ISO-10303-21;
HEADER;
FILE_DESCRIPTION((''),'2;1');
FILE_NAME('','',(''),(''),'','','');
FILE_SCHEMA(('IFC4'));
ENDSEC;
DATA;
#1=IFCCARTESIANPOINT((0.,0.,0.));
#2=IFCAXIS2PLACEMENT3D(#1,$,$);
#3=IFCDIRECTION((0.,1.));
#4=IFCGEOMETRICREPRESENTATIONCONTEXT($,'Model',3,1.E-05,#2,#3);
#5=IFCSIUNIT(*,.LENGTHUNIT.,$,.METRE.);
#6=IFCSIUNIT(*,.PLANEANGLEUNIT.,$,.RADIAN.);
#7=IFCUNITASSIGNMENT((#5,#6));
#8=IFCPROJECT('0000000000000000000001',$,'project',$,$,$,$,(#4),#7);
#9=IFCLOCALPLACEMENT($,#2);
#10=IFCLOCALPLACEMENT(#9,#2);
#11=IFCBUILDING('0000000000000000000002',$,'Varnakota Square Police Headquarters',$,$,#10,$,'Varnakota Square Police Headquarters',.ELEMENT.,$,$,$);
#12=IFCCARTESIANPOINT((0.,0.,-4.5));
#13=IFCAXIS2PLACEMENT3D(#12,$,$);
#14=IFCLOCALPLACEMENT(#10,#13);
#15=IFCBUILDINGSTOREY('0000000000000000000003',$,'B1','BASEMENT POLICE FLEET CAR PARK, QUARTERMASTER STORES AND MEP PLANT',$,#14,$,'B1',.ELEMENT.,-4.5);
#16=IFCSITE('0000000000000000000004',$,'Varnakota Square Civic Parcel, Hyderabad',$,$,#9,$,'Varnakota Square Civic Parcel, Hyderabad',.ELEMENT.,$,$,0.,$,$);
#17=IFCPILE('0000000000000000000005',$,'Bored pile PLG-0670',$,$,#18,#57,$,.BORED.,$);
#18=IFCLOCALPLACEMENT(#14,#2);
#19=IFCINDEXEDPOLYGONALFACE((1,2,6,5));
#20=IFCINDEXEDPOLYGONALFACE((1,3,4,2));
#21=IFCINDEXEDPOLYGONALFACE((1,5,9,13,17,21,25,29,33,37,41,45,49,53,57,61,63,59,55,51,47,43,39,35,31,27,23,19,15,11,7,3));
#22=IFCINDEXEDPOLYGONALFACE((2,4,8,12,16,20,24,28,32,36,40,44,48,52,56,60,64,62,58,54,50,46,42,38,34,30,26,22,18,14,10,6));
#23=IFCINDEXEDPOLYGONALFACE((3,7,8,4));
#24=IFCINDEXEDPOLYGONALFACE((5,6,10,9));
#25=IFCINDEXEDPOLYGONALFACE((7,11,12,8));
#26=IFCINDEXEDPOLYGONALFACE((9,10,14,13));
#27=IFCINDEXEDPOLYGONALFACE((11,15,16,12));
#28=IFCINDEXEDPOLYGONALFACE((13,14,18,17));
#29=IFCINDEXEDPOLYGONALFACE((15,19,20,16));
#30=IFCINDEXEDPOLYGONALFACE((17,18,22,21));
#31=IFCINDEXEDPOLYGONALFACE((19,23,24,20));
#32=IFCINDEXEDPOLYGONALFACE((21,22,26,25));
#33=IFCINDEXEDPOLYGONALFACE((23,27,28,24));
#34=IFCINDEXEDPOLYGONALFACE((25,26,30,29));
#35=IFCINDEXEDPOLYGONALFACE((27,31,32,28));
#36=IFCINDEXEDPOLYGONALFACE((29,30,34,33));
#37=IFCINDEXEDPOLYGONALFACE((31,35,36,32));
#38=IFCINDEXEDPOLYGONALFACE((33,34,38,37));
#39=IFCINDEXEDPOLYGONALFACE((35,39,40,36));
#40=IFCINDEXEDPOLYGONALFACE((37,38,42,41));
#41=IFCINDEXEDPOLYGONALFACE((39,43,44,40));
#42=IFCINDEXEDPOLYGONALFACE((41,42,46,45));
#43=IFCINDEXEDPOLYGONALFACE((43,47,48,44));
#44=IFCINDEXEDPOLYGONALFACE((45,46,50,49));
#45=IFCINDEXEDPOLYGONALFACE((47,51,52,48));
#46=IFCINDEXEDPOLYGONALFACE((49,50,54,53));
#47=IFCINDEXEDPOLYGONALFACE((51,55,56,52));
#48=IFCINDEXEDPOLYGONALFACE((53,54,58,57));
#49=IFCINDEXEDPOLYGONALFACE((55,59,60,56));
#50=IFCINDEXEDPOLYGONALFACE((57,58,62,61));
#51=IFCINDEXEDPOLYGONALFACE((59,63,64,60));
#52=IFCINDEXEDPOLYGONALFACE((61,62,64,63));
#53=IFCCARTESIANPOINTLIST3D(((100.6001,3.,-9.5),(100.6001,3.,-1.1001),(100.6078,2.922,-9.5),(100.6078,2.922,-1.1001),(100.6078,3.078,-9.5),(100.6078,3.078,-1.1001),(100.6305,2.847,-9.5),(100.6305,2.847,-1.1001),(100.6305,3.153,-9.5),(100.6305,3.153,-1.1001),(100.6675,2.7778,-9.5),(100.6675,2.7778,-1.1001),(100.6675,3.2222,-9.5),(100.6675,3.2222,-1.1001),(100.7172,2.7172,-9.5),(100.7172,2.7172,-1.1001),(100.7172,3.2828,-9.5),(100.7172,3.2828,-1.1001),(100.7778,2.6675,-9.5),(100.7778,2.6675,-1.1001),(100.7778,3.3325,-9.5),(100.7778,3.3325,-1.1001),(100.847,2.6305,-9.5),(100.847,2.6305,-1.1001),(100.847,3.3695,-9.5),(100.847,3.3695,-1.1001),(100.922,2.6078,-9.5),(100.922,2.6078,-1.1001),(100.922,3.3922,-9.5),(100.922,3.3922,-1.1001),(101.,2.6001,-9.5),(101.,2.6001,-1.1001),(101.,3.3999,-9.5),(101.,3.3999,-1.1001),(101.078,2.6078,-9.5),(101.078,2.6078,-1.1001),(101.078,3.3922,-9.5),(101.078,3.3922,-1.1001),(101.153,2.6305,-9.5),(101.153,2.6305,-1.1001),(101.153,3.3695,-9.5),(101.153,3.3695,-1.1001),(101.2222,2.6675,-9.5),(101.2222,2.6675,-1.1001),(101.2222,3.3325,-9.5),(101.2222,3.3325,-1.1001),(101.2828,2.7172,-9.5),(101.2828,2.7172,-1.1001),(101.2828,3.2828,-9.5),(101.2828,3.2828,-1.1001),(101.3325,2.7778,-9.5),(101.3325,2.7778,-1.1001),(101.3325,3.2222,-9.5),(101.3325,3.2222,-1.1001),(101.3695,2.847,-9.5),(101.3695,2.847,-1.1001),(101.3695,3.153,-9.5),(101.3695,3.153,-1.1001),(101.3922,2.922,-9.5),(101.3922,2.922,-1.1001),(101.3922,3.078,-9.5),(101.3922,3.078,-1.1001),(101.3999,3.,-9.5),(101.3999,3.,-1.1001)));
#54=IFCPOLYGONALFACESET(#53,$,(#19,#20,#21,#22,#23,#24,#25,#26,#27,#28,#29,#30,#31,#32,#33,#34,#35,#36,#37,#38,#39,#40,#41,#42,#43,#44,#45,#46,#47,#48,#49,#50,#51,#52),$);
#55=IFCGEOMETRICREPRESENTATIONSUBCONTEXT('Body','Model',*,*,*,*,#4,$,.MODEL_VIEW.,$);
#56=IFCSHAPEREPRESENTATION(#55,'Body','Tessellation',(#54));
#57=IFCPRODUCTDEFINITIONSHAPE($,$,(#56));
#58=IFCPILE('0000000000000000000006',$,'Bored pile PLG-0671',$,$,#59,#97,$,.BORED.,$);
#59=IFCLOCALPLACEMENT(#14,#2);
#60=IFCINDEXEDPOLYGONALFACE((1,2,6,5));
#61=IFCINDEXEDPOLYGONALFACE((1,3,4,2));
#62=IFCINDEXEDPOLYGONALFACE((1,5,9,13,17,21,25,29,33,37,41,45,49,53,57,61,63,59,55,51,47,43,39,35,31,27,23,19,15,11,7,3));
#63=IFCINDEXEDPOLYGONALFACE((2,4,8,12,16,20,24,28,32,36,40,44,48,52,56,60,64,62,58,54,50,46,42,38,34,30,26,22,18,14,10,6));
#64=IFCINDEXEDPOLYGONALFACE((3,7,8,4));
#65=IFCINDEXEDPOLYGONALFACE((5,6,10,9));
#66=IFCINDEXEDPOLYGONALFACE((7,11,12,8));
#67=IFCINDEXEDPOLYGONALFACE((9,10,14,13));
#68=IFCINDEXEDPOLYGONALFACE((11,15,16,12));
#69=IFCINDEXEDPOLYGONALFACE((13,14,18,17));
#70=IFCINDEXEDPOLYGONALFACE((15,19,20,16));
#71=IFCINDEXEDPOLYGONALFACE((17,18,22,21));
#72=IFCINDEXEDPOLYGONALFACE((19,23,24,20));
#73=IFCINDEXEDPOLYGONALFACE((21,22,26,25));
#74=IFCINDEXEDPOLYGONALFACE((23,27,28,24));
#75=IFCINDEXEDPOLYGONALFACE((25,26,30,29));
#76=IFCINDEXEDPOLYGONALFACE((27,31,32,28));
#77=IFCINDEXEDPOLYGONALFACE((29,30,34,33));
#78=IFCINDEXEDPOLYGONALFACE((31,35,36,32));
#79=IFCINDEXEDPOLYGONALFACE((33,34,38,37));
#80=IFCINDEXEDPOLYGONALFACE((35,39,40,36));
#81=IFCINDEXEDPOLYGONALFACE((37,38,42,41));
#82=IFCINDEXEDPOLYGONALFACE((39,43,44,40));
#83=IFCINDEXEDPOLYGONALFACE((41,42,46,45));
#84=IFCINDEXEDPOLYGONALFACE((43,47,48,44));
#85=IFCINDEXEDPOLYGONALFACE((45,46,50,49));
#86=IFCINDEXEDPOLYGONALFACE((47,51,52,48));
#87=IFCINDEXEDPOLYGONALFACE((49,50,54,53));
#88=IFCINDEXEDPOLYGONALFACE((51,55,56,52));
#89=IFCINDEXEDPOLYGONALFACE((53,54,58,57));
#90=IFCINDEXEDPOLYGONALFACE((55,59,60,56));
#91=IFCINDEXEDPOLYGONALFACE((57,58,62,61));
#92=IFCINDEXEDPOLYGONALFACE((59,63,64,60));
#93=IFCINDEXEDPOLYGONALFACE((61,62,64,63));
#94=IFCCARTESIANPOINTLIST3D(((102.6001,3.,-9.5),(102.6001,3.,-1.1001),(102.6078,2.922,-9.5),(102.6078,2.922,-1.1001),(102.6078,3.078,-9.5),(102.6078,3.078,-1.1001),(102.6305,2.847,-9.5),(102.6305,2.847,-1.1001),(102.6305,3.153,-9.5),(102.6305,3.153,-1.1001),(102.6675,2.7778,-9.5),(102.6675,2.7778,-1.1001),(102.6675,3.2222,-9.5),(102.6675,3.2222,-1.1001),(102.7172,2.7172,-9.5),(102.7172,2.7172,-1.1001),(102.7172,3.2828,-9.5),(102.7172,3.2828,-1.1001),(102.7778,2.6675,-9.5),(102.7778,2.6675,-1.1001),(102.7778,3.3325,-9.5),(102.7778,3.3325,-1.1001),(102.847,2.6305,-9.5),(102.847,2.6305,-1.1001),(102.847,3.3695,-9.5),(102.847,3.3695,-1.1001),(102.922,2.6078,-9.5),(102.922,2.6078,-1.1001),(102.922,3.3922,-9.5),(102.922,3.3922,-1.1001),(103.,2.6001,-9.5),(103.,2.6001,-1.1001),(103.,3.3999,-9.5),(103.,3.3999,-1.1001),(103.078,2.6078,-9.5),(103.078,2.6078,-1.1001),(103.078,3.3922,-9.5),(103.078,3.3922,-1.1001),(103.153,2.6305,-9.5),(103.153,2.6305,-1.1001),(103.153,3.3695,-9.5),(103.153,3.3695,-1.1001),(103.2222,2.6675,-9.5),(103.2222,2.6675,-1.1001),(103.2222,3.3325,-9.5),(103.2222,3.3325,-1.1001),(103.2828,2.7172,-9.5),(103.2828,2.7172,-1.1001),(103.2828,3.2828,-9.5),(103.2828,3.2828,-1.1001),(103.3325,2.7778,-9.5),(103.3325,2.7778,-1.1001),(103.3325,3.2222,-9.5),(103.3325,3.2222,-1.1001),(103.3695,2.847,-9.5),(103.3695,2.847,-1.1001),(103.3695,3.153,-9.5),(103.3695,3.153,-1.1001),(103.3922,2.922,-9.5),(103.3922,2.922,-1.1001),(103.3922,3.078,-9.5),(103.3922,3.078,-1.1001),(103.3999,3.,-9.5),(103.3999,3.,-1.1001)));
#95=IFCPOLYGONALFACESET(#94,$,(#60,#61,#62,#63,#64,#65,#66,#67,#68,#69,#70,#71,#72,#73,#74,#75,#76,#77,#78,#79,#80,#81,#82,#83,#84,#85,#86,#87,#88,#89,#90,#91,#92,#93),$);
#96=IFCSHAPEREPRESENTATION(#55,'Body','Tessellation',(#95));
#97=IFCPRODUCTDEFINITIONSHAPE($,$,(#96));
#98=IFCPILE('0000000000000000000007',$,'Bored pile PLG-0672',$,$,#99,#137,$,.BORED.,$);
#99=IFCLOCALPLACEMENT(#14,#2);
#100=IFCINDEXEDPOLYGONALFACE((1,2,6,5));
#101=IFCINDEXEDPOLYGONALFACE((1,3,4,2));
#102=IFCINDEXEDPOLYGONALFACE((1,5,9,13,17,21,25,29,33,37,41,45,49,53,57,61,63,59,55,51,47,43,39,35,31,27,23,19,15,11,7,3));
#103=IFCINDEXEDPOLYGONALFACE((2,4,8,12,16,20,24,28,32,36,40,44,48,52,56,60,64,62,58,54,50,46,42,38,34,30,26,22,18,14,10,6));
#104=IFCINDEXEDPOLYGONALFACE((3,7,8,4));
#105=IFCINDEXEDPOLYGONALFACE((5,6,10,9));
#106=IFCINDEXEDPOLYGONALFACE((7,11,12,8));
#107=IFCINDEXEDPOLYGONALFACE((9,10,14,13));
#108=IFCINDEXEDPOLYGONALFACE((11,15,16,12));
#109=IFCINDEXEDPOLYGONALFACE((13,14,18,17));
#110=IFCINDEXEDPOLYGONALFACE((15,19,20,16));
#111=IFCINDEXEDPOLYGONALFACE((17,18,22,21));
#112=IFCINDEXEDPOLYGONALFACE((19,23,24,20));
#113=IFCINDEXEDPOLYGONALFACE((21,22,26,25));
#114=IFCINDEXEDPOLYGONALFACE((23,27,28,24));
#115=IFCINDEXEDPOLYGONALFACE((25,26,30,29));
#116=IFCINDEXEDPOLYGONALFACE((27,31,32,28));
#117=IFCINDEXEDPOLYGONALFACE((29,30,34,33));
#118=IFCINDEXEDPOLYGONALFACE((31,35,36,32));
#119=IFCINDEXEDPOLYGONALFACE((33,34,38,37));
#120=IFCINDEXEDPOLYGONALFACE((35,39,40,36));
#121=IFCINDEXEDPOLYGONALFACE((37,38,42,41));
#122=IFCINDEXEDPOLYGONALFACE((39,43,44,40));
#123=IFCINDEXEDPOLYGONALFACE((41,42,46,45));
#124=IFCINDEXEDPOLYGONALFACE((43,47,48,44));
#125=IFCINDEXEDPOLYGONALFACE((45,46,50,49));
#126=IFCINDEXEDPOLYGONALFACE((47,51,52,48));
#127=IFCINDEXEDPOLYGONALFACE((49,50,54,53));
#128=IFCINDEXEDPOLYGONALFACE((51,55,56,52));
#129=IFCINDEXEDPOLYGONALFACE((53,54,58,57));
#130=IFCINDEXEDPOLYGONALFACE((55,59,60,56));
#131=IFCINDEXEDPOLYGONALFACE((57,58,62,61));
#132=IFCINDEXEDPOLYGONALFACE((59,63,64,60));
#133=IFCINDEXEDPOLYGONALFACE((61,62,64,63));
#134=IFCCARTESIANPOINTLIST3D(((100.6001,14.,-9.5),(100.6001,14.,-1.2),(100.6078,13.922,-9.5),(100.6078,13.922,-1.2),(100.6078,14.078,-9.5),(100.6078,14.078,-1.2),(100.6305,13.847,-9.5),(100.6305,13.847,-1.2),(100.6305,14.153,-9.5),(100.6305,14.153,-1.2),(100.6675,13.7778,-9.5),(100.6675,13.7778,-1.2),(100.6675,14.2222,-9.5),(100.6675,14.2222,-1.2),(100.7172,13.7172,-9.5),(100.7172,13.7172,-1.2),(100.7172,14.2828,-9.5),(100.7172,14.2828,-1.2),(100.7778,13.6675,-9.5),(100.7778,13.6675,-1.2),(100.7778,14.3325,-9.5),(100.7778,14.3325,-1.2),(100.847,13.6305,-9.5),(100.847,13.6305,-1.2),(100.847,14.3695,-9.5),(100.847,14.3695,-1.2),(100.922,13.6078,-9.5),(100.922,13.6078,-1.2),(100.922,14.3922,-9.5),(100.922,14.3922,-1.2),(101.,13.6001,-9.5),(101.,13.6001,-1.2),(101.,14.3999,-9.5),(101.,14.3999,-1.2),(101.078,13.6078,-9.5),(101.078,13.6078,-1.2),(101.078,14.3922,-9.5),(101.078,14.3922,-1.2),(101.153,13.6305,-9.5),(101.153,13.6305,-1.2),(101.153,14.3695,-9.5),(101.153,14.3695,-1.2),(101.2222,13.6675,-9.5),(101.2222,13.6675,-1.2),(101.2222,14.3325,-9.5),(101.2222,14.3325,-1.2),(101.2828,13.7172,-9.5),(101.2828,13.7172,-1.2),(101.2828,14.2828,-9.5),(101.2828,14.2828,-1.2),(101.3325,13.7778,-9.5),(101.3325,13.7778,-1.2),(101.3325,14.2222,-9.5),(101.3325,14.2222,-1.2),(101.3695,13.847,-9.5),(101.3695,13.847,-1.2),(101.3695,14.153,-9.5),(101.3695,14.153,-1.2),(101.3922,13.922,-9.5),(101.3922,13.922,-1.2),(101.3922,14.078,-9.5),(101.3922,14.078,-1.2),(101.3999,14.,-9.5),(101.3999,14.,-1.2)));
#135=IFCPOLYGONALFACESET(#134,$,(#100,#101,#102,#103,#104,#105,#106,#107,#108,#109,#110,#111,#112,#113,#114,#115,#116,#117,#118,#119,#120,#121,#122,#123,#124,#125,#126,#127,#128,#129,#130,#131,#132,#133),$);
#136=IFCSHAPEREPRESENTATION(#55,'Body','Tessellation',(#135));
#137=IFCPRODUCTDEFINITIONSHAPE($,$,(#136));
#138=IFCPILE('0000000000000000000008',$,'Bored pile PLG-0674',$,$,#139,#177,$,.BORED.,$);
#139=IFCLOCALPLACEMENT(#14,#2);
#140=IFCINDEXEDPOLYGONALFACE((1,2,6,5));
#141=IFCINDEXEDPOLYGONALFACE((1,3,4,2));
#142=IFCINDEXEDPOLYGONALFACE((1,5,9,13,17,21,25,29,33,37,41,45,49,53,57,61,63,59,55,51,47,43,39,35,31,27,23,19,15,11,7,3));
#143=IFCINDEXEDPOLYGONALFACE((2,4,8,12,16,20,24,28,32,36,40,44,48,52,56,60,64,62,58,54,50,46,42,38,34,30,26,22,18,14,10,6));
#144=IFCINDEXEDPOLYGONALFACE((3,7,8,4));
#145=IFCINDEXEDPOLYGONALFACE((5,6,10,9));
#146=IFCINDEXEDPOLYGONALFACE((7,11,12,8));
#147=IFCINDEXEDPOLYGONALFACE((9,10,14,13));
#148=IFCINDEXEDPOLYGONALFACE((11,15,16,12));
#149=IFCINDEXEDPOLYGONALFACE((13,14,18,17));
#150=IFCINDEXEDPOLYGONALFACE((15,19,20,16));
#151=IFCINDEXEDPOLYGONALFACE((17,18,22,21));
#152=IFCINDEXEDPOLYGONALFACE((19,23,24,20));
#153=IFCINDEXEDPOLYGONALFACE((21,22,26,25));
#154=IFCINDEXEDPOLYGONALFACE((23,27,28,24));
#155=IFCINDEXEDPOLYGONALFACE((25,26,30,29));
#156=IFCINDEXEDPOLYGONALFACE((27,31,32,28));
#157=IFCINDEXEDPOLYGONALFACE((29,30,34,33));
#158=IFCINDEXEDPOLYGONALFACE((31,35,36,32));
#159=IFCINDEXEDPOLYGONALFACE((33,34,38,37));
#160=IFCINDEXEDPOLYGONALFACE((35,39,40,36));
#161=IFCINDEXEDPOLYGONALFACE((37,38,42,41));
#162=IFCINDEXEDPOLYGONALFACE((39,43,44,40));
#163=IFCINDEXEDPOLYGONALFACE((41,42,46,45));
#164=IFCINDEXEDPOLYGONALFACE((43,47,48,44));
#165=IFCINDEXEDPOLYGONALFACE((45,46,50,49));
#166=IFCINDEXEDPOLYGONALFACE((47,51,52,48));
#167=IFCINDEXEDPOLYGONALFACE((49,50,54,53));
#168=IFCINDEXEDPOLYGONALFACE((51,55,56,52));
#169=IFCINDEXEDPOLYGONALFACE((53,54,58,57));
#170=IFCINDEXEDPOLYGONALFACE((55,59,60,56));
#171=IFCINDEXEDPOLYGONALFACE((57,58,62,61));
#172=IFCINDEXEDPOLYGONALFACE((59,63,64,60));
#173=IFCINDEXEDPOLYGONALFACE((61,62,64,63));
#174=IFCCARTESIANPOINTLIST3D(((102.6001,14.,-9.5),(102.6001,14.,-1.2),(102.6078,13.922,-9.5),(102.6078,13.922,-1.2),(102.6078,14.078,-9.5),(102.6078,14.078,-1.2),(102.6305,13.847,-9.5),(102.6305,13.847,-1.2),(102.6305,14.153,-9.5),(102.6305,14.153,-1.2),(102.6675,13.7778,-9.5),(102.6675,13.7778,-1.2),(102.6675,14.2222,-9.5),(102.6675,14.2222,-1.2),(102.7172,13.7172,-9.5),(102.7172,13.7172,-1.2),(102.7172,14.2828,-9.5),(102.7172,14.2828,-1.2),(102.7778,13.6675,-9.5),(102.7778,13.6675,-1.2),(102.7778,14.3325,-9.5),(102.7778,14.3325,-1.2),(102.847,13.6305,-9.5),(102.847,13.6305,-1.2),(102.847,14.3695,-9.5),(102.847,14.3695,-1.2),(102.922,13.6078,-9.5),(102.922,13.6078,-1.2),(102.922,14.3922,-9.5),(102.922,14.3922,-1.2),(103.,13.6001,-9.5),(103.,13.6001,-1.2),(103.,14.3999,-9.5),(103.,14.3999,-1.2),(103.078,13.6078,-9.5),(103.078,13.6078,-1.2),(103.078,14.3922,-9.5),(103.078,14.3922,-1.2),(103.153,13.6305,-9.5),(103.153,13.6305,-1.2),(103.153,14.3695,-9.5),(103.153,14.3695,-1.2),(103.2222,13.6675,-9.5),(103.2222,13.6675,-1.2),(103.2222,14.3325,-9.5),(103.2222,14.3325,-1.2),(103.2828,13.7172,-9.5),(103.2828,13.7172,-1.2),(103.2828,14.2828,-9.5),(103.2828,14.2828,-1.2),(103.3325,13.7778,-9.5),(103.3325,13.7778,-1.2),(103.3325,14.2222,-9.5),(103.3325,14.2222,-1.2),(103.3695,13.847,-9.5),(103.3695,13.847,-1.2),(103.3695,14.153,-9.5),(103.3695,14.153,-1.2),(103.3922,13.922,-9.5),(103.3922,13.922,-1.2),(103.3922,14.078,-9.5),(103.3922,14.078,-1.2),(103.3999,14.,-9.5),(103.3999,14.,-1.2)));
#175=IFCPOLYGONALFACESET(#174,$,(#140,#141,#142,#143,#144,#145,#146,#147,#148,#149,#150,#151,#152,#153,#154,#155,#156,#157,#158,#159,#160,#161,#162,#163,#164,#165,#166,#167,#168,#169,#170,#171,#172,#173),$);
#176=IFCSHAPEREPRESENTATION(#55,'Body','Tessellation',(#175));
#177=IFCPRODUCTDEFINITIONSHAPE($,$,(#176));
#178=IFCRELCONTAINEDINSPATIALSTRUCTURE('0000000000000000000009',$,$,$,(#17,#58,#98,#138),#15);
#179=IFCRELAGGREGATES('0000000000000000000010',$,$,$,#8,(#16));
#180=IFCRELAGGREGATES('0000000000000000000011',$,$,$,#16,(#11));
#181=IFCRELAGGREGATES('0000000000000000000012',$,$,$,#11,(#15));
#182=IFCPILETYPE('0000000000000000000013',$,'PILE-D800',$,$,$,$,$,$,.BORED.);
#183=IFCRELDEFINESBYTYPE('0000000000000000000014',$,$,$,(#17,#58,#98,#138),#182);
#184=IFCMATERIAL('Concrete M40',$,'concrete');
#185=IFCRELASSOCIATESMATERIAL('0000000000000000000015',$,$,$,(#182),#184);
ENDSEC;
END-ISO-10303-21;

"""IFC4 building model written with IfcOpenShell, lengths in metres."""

from ifc_helpers import new_model, si_unit, direction, frame, origin, origin_2d, place, context, subcontext, project, spatial, circle, extrude, material, material_profile, profile_set, type_object, element, save


model = new_model("IFC4")

# Units and contexts
model_context = context("Model", 3, precision=1e-05, world=origin(), true_north=direction((0.0, 1.0)))
body_context = subcontext(model_context, "Body", "Model", "MODEL_VIEW")
ifc_project = project(units=[si_unit("LENGTHUNIT", "METRE"), si_unit("PLANEANGLEUNIT", "RADIAN")], contexts=[model_context])

# Site, building, storey
site_placement = place(None, origin())
site = spatial("IfcSite", under=ifc_project, at=site_placement, Name="Varnakota Square Civic Parcel, Hyderabad", LongName="Varnakota Square Civic Parcel, Hyderabad", CompositionType="ELEMENT", RefElevation=0.0)
building_placement = place(site_placement, origin())
building = spatial("IfcBuilding", under=site, at=building_placement, Name="Varnakota Square Police Headquarters", LongName="Varnakota Square Police Headquarters", CompositionType="ELEMENT")
storey_placement = place(building_placement, frame((0.0, 0.0, -4.5)))
storey = spatial("IfcBuildingStorey", under=building, at=storey_placement, Name="B1", Description="BASEMENT POLICE FLEET CAR PARK, QUARTERMASTER STORES AND MEP PLANT", LongName="B1", CompositionType="ELEMENT", Elevation=-4.5)

# Shared definitions
ifc_material_1 = material(Name="Concrete M40", Category="concrete")

# Piles
ifc_material_profile_1 = material_profile(ifc_material_1, circle(Radius=0.3999, at=origin_2d()), Name="BORED PILE 800")
ifc_profile_set_1 = profile_set([ifc_material_profile_1], Name="Concrete M40")
pile_type = type_object("IfcPileType", Name="PILE-D800", PredefinedType="BORED", material=ifc_profile_set_1)
for number, where, z_axis, x_axis, name in (
    (1, (101.0, 3.0, -1.1001), (0.0, 0.0, -1.0), (1.0, 0.0, 0.0), "Bored pile PLG-0670"),
    (2, (103.0, 3.0, -1.1001), (0.0, 0.0, -1.0), (1.0, 0.0, 0.0), "Bored pile PLG-0671"),
):
    element("IfcPile", number, at=place(storey_placement, frame(where, z_axis=z_axis, x_axis=x_axis)), inside=storey, type_object=pile_type, Name=name, PredefinedType="BORED", context=body_context, shape_type="SweptSolid", body=[
        extrude(circle(Radius=0.3999, at=origin_2d()), origin(), (0.0, 0.0, 1.0), 8.3999),
    ])
for number, where, z_axis, x_axis, name in (
    (3, (101.0, 14.0, -1.2), (0.0, 0.0, -1.0), (1.0, 0.0, 0.0), "Bored pile PLG-0672"),
    (4, (103.0, 14.0, -1.2), (0.0, 0.0, -1.0), (1.0, 0.0, 0.0), "Bored pile PLG-0674"),
):
    element("IfcPile", number, at=place(storey_placement, frame(where, z_axis=z_axis, x_axis=x_axis)), inside=storey, type_object=pile_type, Name=name, PredefinedType="BORED", context=body_context, shape_type="SweptSolid", body=[
        extrude(circle(Radius=0.3999, at=origin_2d()), origin(), (0.0, 0.0, 1.0), 8.3),
    ])

save(model, "model.ifc")
